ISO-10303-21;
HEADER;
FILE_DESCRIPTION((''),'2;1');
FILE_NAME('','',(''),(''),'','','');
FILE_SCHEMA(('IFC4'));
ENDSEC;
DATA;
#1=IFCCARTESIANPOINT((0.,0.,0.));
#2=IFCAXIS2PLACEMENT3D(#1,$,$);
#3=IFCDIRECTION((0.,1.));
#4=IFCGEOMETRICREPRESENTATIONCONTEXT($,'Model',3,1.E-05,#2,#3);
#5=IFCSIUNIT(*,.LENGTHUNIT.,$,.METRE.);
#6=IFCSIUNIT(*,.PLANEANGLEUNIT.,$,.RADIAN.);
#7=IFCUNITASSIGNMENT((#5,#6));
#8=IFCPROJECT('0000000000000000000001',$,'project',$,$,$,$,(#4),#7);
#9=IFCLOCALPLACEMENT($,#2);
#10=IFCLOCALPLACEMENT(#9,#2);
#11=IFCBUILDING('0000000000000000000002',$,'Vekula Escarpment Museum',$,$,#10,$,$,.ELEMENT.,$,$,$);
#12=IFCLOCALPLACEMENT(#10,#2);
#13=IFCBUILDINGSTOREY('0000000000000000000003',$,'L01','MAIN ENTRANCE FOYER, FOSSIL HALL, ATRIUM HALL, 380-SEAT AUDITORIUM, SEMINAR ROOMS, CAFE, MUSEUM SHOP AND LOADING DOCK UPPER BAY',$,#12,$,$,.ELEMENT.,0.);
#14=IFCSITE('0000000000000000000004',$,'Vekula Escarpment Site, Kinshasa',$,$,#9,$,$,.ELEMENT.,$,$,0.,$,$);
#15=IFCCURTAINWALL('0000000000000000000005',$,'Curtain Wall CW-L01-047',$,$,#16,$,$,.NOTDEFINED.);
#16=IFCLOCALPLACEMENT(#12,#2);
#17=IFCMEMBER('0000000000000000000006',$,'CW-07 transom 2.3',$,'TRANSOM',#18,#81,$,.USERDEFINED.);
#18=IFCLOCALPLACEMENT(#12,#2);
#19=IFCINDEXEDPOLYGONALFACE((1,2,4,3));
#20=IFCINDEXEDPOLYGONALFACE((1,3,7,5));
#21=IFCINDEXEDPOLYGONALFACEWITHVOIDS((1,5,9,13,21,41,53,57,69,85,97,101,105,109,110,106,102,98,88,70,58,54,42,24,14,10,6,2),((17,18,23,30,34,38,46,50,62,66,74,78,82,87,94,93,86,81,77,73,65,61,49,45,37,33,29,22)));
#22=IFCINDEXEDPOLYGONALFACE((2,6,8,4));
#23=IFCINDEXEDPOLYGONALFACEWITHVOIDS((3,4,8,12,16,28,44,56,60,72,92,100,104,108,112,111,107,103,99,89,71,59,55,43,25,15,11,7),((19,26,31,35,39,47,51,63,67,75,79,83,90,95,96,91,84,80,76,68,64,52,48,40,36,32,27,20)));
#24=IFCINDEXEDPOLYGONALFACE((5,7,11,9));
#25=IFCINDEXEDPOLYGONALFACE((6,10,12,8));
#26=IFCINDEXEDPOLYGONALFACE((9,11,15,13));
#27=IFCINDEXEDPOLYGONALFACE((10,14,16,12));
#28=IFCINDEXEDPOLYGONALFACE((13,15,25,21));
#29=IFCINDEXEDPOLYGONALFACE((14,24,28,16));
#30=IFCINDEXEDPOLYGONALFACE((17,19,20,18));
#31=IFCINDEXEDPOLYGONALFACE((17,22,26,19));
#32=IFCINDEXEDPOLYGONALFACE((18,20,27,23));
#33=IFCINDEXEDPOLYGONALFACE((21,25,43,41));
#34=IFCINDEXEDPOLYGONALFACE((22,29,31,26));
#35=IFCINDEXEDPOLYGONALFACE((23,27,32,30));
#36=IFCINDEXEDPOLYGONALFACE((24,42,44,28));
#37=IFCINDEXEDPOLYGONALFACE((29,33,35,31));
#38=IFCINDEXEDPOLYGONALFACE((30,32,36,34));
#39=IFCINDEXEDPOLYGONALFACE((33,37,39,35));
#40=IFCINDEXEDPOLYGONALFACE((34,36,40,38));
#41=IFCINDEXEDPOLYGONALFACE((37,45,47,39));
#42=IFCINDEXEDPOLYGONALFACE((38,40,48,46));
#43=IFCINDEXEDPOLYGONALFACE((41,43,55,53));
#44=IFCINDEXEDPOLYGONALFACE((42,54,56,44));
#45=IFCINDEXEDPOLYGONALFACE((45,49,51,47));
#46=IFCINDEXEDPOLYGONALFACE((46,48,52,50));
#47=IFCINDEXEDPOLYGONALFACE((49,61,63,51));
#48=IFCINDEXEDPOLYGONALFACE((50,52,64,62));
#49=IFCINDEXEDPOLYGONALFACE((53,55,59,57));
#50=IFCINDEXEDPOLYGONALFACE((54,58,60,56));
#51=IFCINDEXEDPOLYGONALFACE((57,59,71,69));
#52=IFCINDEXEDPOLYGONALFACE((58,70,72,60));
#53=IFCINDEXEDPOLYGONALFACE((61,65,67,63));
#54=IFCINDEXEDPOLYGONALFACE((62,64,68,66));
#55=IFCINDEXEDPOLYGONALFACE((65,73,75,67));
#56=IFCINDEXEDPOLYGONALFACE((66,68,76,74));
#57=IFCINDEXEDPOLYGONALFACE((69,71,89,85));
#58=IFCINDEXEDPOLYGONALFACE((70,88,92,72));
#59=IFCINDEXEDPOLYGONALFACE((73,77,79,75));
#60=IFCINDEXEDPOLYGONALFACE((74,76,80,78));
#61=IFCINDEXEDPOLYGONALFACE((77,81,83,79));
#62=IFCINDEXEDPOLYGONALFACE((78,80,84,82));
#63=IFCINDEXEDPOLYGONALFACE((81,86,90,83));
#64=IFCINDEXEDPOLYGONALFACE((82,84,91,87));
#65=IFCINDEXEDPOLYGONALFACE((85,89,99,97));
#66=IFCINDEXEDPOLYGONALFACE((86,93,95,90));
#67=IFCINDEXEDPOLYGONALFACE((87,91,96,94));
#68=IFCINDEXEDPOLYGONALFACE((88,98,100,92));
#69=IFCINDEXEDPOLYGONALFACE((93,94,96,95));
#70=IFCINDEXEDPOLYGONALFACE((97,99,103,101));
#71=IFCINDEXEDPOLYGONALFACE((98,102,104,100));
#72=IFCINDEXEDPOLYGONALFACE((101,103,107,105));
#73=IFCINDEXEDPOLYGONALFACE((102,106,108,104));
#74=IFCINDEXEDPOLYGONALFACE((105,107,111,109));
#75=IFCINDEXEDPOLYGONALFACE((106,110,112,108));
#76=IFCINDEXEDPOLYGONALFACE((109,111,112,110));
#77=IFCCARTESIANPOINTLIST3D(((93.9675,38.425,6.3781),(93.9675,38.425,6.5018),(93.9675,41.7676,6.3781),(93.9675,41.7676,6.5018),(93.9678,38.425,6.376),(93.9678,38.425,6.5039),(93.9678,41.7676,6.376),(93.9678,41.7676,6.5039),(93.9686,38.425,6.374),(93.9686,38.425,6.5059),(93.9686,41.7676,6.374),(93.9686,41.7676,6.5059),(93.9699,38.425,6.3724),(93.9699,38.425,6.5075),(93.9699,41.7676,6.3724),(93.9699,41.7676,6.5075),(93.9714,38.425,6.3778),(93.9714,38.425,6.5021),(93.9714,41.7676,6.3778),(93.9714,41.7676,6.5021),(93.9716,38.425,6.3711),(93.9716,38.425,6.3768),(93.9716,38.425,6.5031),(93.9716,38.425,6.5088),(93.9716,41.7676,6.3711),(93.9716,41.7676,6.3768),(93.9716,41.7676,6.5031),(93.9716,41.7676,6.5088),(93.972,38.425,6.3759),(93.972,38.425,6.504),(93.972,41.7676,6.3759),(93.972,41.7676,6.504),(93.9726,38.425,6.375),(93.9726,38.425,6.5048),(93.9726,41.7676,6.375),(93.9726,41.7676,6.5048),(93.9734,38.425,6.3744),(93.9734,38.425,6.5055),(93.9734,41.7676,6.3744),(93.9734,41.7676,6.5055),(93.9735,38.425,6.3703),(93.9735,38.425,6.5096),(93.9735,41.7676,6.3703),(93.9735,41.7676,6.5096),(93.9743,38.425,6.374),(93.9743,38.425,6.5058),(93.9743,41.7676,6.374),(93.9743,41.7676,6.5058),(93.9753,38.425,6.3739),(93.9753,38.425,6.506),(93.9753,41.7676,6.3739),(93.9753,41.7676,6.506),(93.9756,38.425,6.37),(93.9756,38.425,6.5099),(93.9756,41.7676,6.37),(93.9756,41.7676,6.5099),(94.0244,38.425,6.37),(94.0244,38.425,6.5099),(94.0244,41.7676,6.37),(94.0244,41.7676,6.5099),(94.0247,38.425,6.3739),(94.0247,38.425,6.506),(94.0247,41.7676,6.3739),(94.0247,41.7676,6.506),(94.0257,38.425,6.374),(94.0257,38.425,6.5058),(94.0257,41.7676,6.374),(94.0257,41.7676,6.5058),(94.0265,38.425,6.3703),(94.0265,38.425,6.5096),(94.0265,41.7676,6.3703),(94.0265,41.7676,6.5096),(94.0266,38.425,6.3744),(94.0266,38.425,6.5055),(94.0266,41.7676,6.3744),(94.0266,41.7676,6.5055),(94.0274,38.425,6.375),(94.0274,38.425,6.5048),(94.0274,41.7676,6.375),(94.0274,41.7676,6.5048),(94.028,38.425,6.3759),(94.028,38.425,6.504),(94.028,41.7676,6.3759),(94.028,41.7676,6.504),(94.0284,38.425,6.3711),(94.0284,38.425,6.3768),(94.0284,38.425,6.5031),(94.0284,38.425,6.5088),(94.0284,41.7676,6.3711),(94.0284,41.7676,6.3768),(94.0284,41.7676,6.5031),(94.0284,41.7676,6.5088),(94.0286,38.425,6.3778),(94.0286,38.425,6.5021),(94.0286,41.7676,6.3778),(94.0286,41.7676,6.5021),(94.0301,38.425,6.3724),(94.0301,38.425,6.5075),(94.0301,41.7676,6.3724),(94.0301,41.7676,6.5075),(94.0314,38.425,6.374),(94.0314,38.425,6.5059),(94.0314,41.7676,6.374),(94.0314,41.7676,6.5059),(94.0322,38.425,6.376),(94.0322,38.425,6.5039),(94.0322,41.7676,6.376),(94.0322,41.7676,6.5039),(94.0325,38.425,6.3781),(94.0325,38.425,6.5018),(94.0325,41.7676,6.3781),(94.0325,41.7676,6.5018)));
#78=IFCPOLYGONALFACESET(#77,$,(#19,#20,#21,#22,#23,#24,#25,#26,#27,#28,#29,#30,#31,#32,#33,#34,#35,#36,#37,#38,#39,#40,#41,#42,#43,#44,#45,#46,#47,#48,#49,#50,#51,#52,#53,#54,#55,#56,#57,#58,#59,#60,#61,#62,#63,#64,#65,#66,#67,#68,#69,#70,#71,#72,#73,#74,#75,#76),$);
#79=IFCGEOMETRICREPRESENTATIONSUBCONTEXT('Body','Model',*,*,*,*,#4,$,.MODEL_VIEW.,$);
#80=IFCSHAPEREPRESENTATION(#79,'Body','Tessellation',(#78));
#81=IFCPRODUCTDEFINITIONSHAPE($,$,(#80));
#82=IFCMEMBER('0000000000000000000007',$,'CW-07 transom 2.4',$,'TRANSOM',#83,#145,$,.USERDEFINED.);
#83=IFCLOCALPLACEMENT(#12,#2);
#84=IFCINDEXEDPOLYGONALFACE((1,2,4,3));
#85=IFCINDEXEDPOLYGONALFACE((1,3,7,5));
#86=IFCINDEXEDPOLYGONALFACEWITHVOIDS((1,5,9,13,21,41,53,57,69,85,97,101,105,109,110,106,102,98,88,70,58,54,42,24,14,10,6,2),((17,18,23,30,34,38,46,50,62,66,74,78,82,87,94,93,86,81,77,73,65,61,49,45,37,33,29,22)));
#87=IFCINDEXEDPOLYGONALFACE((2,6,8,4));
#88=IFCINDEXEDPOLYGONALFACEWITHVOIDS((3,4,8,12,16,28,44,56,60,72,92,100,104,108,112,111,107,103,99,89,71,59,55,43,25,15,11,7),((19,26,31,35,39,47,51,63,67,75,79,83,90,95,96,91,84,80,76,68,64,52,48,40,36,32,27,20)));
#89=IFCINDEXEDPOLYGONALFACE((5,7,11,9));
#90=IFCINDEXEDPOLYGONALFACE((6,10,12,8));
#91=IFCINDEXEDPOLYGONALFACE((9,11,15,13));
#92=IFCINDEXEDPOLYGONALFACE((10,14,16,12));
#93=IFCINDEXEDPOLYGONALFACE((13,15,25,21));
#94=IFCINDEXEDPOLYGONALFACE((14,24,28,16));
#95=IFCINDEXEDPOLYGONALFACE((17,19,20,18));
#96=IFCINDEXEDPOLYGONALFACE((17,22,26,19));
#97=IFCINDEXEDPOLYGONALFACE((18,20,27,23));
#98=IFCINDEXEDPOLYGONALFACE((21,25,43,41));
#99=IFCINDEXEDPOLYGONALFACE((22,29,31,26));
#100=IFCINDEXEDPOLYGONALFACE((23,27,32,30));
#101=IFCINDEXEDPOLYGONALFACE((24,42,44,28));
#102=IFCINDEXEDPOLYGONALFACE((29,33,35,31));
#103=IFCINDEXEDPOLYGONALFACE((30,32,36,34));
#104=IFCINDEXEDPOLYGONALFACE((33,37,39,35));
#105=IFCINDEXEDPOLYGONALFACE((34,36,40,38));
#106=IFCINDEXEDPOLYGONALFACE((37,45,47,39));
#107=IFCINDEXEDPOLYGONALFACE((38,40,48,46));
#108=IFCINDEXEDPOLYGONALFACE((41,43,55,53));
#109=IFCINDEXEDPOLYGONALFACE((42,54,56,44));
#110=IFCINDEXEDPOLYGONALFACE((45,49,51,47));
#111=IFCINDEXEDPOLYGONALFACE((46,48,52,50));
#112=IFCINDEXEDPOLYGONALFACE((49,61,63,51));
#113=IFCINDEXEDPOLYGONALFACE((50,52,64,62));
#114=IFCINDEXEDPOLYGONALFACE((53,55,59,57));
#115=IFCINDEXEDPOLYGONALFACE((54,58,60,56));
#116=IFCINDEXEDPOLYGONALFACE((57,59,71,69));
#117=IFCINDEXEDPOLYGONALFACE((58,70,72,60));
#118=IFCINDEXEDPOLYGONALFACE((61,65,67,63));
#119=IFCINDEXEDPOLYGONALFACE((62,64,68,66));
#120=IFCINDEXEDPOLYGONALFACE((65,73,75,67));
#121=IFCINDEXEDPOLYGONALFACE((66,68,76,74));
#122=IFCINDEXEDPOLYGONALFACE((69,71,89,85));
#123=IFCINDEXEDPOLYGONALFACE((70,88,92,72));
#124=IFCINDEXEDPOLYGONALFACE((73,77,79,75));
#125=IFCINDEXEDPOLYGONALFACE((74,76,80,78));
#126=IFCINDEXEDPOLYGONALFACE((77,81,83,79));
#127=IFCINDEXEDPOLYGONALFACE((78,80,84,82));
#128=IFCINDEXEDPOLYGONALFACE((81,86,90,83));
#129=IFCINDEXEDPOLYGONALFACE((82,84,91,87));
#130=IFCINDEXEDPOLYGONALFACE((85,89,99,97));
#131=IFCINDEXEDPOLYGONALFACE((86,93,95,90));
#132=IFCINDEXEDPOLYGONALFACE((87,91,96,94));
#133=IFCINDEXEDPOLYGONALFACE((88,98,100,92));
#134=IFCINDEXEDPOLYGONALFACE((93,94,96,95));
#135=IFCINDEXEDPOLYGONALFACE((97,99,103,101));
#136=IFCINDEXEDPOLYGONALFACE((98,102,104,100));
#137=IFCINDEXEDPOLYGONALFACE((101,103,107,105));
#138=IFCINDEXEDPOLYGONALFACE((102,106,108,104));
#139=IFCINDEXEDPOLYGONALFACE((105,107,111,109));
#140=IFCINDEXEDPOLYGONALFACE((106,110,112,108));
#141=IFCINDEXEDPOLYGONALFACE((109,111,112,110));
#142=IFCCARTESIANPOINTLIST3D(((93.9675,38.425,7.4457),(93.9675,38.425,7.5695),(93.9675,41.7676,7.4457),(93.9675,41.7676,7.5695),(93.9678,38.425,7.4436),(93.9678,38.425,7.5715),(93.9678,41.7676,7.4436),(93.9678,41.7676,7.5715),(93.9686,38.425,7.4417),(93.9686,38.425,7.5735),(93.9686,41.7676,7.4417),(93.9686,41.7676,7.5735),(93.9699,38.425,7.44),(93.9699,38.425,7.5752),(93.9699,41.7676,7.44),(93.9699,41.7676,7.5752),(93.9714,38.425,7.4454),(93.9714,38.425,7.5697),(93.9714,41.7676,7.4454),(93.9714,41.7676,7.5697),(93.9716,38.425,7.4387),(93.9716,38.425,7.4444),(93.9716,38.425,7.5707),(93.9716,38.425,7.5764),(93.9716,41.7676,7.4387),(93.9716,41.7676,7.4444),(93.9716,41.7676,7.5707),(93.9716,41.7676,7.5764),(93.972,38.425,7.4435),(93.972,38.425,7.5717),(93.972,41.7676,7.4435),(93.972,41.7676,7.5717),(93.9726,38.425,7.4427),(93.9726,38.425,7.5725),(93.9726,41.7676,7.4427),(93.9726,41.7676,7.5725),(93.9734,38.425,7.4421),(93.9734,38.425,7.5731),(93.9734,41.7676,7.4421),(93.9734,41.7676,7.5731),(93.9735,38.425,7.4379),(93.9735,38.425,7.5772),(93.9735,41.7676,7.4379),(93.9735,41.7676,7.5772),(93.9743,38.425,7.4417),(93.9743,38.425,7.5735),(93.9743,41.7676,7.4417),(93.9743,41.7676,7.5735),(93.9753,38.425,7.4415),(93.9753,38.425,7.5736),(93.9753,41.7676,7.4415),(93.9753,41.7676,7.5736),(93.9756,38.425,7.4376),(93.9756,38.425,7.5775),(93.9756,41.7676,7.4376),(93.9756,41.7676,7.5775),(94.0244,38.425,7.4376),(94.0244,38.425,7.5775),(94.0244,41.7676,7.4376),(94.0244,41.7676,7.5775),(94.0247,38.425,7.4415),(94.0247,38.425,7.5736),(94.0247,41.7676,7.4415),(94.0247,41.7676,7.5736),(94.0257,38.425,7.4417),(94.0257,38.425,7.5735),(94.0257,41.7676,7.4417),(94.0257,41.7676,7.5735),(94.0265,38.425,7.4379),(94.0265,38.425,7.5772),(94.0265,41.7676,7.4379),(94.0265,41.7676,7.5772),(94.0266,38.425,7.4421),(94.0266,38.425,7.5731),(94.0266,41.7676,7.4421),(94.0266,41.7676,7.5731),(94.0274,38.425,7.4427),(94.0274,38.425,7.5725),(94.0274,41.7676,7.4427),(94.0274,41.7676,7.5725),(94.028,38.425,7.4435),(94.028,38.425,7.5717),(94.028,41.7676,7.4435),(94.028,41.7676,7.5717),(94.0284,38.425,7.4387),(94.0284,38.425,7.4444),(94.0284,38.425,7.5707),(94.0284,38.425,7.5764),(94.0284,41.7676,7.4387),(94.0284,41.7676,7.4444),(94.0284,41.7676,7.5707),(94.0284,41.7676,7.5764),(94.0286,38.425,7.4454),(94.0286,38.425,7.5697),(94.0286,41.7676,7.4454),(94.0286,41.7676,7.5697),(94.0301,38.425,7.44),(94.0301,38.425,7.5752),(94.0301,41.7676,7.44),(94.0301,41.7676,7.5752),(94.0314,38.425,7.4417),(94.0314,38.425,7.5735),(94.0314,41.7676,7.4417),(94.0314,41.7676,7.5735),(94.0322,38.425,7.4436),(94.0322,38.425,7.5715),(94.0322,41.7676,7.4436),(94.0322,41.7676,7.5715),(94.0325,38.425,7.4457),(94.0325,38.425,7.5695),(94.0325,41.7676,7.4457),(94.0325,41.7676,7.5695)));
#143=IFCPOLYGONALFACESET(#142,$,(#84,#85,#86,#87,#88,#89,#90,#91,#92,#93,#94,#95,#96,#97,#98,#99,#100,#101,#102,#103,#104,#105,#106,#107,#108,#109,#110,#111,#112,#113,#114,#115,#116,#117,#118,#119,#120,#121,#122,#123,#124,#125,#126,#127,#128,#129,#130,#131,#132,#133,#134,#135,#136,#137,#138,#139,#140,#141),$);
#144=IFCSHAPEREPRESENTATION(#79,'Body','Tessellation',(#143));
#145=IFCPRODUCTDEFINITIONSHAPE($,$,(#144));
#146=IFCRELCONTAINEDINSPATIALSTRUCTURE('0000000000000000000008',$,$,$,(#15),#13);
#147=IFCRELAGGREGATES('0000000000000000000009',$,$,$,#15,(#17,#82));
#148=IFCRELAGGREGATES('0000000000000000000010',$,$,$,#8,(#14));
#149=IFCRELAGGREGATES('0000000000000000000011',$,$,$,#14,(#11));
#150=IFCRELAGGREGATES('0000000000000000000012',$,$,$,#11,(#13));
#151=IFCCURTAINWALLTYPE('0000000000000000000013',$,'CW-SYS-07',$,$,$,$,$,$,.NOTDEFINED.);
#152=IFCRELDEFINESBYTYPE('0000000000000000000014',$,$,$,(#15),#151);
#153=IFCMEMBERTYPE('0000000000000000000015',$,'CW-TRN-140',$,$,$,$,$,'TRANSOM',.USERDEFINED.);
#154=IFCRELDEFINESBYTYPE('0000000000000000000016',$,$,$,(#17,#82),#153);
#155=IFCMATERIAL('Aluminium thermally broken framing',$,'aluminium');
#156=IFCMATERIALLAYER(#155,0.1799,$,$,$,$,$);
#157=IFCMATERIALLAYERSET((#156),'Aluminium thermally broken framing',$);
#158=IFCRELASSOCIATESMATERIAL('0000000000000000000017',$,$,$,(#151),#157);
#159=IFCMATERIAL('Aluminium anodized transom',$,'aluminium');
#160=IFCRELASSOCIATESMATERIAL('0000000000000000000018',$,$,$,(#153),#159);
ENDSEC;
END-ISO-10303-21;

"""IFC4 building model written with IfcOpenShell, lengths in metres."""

from ifc_helpers import new_model, si_unit, direction, frame, origin, origin_2d, place, context, subcontext, project, spatial, hollow_rectangle, extrude, material, layer, layer_set, material_profile, profile_set, type_object, element, aggregate, save


model = new_model("IFC4")

# Units and contexts
model_context = context("Model", 3, precision=1e-05, world=origin(), true_north=direction((0.0, 1.0)))
body_context = subcontext(model_context, "Body", "Model", "MODEL_VIEW")
ifc_project = project(units=[si_unit("LENGTHUNIT", "METRE"), si_unit("PLANEANGLEUNIT", "RADIAN")], contexts=[model_context])

# Site, building, storey
site_placement = place(None, origin())
site = spatial("IfcSite", under=ifc_project, at=site_placement, Name="Vekula Escarpment Site, Kinshasa", CompositionType="ELEMENT", RefElevation=0.0)
building_placement = place(site_placement, origin())
building = spatial("IfcBuilding", under=site, at=building_placement, Name="Vekula Escarpment Museum", CompositionType="ELEMENT")
storey_placement = place(building_placement, origin())
storey = spatial("IfcBuildingStorey", under=building, at=storey_placement, Name="L01", Description="MAIN ENTRANCE FOYER, FOSSIL HALL, ATRIUM HALL, 380-SEAT AUDITORIUM, SEMINAR ROOMS, CAFE, MUSEUM SHOP AND LOADING DOCK UPPER BAY", CompositionType="ELEMENT", Elevation=0.0)

# Curtain wall, members
ifc_material_1 = material(Name="Aluminium thermally broken framing", Category="aluminium")
ifc_layer_1 = layer(ifc_material_1, 0.1799)
ifc_layer_set_1 = layer_set([ifc_layer_1], Name="Aluminium thermally broken framing")
curtain_wall_type_1 = type_object("IfcCurtainWallType", Name="CW-SYS-07", PredefinedType="NOTDEFINED", material=ifc_layer_set_1)
curtain_wall_1_placement = place(storey_placement, origin())
curtain_wall_1 = element("IfcCurtainWall", 1, at=curtain_wall_1_placement, inside=storey, type_object=curtain_wall_type_1, Name="Curtain Wall CW-L01-047", PredefinedType="NOTDEFINED")
ifc_material_2 = material(Name="Aluminium anodized transom", Category="aluminium")
ifc_material_profile_1 = material_profile(ifc_material_2, hollow_rectangle(XDim=0.0649, YDim=0.1399, WallThickness=0.0039, InnerFilletRadius=0.0039, OuterFilletRadius=0.0081, at=origin_2d()), Name="ALU 140x65x4")
ifc_profile_set_1 = profile_set([ifc_material_profile_1], Name="Aluminium anodized transom")
member_type_1 = type_object("IfcMemberType", Name="CW-TRN-140", ElementType="TRANSOM", PredefinedType="USERDEFINED", material=ifc_profile_set_1)
member_1_placement = place(storey_placement, frame((94.0, 41.7676, 6.4399), z_axis=(0.0, -1.0, 0.0), x_axis=(1.0, 0.0, 0.0)))
member_1 = element("IfcMember", 2, at=member_1_placement, type_object=member_type_1, Name="CW-07 transom 2.3", ObjectType="TRANSOM", PredefinedType="USERDEFINED", context=body_context, shape_type="SweptSolid", body=[
    extrude(hollow_rectangle(XDim=0.0649, YDim=0.1399, WallThickness=0.0039, InnerFilletRadius=0.0039, OuterFilletRadius=0.0081, at=origin_2d()), origin(), (0.0, 0.0, 1.0), 3.3425),
])
member_2_placement = place(storey_placement, frame((94.0, 41.7676, 7.5076), z_axis=(0.0, -1.0, 0.0), x_axis=(1.0, 0.0, 0.0)))
member_2 = element("IfcMember", 3, at=member_2_placement, type_object=member_type_1, Name="CW-07 transom 2.4", ObjectType="TRANSOM", PredefinedType="USERDEFINED", context=body_context, shape_type="SweptSolid", body=[
    extrude(hollow_rectangle(XDim=0.0649, YDim=0.1399, WallThickness=0.0039, InnerFilletRadius=0.0039, OuterFilletRadius=0.0081, at=origin_2d()), origin(), (0.0, 0.0, 1.0), 3.3425),
])

aggregate(curtain_wall_1, [member_1, member_2])

save(model, "model.ifc")
